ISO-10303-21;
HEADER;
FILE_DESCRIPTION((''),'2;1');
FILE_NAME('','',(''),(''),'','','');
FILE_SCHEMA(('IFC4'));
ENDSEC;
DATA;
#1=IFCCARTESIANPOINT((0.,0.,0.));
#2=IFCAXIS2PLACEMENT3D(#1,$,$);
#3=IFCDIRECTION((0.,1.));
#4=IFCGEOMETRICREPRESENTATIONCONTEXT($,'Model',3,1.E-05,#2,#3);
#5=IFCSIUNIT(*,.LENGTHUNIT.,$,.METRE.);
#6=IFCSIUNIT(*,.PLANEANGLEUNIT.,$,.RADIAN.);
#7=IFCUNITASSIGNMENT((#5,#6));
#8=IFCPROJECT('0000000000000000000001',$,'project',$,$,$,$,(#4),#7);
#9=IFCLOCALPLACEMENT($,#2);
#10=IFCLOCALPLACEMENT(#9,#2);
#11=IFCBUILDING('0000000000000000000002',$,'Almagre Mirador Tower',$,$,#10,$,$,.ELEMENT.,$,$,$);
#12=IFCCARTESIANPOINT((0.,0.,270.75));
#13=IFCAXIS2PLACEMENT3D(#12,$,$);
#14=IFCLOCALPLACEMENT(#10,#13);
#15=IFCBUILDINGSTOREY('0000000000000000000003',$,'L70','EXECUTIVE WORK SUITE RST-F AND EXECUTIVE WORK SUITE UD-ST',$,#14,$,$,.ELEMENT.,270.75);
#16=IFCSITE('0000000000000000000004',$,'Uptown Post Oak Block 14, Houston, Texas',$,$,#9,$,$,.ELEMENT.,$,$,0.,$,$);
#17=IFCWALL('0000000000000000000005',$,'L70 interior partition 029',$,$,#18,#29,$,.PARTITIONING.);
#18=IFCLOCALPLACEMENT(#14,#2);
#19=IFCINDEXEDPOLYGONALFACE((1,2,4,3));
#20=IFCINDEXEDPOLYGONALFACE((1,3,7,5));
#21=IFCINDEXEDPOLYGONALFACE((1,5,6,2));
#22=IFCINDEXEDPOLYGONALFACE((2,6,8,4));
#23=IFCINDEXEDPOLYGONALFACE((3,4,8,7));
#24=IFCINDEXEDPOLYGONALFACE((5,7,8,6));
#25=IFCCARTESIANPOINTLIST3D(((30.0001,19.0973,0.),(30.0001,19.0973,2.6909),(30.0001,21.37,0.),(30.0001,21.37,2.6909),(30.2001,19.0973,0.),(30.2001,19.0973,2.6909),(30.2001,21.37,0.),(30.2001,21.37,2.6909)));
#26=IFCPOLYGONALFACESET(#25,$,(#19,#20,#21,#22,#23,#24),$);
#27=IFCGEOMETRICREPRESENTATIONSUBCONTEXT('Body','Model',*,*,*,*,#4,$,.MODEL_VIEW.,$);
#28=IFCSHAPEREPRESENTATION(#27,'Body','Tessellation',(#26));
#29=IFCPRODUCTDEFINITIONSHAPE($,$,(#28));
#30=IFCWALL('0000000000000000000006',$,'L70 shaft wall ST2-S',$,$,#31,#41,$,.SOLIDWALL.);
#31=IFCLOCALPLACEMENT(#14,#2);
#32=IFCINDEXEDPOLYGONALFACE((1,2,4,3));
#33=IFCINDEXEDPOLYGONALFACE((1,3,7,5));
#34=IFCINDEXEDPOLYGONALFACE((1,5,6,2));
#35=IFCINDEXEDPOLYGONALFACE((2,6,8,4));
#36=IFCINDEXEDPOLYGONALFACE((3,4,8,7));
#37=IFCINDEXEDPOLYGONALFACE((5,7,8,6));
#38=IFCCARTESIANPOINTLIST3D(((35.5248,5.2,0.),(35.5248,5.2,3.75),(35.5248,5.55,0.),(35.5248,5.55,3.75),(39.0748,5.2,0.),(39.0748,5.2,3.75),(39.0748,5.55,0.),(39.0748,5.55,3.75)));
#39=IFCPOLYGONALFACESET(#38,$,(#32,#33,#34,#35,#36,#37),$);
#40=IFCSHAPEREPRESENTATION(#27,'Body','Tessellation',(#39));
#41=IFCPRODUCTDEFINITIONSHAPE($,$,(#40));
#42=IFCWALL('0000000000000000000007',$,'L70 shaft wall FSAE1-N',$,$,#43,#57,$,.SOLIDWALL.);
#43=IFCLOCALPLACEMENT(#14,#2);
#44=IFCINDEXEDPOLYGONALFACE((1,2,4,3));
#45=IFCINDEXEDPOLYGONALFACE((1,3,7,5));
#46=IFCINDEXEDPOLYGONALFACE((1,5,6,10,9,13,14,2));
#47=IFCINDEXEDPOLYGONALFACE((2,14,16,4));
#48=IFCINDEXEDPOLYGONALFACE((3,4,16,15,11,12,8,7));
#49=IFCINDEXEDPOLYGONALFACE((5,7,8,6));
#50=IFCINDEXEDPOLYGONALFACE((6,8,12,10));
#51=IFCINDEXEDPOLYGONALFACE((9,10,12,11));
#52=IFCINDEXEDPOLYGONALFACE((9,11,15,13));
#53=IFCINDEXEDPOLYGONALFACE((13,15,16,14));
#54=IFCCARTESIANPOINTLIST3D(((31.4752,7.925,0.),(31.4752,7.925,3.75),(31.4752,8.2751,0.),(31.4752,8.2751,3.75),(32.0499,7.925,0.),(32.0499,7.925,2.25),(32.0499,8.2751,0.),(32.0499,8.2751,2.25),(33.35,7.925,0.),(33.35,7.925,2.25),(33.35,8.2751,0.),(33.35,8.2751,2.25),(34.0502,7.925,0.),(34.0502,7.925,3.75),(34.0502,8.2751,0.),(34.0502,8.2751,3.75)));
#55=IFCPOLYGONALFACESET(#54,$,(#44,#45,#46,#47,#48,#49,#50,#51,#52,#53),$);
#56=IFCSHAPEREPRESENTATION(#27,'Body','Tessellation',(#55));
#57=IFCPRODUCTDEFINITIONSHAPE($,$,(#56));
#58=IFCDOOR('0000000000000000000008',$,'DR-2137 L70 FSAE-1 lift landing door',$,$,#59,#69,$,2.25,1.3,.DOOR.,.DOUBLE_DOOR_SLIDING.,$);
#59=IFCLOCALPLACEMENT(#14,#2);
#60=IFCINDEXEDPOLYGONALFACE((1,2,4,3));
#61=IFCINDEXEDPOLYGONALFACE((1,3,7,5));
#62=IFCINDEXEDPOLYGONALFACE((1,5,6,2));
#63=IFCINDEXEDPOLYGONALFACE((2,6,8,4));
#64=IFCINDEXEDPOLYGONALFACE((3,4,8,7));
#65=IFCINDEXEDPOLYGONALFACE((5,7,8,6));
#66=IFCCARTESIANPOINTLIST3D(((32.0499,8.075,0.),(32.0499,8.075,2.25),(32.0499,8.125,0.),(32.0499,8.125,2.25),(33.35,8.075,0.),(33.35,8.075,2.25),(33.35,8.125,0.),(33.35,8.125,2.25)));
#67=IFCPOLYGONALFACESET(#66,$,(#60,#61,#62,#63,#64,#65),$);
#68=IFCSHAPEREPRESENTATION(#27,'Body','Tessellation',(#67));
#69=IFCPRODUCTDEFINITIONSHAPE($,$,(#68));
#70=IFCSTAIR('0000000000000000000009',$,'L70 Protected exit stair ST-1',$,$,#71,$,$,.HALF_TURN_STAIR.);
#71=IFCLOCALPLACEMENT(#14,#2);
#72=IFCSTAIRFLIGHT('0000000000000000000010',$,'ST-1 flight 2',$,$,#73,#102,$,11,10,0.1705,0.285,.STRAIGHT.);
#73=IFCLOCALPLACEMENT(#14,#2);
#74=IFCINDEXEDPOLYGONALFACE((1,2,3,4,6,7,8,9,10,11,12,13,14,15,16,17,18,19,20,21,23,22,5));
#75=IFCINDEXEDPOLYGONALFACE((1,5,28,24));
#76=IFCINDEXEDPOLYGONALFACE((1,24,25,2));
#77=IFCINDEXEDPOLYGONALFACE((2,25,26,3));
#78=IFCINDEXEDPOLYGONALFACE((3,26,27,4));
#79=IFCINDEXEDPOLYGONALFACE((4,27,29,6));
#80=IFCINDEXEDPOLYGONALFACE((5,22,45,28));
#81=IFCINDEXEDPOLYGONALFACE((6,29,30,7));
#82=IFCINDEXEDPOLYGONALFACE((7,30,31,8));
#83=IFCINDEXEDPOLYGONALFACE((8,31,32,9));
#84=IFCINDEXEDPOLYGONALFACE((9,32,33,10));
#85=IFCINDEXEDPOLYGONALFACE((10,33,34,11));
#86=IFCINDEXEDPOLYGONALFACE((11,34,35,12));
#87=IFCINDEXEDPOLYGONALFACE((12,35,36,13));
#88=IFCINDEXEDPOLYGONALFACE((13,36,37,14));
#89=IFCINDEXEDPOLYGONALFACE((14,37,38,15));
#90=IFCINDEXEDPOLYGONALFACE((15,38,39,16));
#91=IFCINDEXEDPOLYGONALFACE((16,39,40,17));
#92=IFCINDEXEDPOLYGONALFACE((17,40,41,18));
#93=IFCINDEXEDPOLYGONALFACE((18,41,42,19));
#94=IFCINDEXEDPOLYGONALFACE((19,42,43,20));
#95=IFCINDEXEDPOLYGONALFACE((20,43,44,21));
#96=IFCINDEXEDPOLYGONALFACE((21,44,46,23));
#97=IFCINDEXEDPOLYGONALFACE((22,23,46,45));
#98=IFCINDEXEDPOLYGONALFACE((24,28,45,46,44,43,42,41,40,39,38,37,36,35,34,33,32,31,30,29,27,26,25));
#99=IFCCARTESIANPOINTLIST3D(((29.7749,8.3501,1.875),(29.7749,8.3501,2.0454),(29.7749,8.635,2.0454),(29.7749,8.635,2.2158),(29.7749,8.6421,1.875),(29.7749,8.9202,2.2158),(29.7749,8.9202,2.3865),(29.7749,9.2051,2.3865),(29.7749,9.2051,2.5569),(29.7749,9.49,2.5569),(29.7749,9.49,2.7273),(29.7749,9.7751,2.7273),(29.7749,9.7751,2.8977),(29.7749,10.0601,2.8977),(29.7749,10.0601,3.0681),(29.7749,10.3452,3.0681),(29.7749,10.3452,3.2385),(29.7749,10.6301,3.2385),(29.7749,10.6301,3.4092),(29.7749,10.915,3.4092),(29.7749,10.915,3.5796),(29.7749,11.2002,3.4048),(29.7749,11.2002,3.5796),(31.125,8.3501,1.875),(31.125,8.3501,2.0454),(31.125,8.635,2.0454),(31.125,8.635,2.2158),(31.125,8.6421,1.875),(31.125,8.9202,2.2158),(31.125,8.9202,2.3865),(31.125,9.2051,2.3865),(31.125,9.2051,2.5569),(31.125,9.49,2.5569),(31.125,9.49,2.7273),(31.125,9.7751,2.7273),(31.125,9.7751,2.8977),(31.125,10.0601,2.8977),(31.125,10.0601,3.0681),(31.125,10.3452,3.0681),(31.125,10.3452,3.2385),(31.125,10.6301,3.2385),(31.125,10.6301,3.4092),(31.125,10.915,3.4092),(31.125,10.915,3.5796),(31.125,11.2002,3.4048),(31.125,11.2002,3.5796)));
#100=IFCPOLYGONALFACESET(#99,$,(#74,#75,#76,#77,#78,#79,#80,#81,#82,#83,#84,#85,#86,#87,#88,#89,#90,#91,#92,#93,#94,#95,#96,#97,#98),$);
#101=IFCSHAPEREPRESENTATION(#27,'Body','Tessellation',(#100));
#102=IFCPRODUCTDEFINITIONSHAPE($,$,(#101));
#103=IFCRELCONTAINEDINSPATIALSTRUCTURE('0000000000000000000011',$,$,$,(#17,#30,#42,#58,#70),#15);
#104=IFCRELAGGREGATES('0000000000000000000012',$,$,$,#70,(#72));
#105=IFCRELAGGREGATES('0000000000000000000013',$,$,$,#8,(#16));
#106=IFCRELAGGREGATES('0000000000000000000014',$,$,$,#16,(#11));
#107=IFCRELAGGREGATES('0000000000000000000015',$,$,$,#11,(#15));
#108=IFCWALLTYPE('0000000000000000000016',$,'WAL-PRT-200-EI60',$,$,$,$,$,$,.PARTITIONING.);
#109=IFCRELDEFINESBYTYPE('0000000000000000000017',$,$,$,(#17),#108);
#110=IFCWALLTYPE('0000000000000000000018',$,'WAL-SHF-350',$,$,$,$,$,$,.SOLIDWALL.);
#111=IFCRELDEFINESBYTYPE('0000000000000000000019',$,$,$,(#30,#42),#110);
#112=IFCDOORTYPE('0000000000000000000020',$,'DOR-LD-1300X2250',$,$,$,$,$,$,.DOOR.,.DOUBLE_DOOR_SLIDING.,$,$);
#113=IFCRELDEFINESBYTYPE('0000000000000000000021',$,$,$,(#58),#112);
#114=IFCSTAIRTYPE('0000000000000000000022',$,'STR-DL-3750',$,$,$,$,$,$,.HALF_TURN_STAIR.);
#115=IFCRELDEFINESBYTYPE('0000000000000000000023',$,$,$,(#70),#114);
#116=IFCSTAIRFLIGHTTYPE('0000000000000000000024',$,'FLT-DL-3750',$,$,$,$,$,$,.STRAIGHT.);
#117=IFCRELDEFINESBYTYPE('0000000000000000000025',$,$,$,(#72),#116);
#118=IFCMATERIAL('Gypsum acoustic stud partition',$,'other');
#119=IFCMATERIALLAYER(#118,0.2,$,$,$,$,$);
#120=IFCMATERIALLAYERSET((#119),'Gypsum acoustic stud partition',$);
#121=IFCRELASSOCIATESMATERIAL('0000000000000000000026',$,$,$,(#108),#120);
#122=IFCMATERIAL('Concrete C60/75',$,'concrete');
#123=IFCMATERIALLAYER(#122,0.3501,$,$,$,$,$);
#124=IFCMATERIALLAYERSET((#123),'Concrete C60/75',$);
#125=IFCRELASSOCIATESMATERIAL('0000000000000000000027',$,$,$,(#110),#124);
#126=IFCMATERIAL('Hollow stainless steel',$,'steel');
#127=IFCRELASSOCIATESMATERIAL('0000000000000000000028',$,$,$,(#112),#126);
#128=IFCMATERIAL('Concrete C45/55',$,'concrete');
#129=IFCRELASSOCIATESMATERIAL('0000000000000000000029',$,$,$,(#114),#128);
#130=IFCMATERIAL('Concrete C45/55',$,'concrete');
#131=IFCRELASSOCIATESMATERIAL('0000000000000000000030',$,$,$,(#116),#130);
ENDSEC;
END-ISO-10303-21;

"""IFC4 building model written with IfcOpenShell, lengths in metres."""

from ifc_helpers import new_model, si_unit, direction, frame, frame_2d, origin, place, context, subcontext, project, spatial, polyline, rectangle, outline, extrude, material, layer, layer_set, type_object, element, fill, aggregate, save


model = new_model("IFC4")

# Units and contexts
model_context = context("Model", 3, precision=1e-05, world=origin(), true_north=direction((0.0, 1.0)))
body_context = subcontext(model_context, "Body", "Model", "MODEL_VIEW")
ifc_project = project(units=[si_unit("LENGTHUNIT", "METRE"), si_unit("PLANEANGLEUNIT", "RADIAN")], contexts=[model_context])

# Site, building, storey
site_placement = place(None, origin())
site = spatial("IfcSite", under=ifc_project, at=site_placement, Name="Uptown Post Oak Block 14, Houston, Texas", CompositionType="ELEMENT", RefElevation=0.0)
building_placement = place(site_placement, origin())
building = spatial("IfcBuilding", under=site, at=building_placement, Name="Almagre Mirador Tower", CompositionType="ELEMENT")
storey_placement = place(building_placement, frame((0.0, 0.0, 270.75)))
storey = spatial("IfcBuildingStorey", under=building, at=storey_placement, Name="L70", Description="EXECUTIVE WORK SUITE RST-F AND EXECUTIVE WORK SUITE UD-ST", CompositionType="ELEMENT", Elevation=270.75)

# Shared definitions
ifc_material_1 = material(Name="Gypsum acoustic stud partition", Category="other")
ifc_layer_1 = layer(ifc_material_1, 0.2)
ifc_layer_set_1 = layer_set([ifc_layer_1], Name="Gypsum acoustic stud partition")
wall_type_1 = type_object("IfcWallType", Name="WAL-PRT-200-EI60", PredefinedType="PARTITIONING", material=ifc_layer_set_1)

# Walls
wall_1_placement = place(storey_placement, frame((30.1001, 19.0974, 0.0), z_axis=(0.0, 0.0, 1.0), x_axis=(0.0, 1.0, 0.0)))
element("IfcWall", 1, at=wall_1_placement, inside=storey, type_object=wall_type_1, Name="L70 interior partition 029", PredefinedType="PARTITIONING", context=body_context, shape_type="SweptSolid", body=[
    extrude(rectangle(XDim=2.2727, YDim=0.2, at=frame_2d((1.1362, 0.0))), origin(), (0.0, 0.0, 1.0), 2.6909),
])
ifc_material_2 = material(Name="Concrete C60/75", Category="concrete")
ifc_layer_2 = layer(ifc_material_2, 0.3501)
ifc_layer_set_2 = layer_set([ifc_layer_2], Name="Concrete C60/75")
wall_type_2 = type_object("IfcWallType", Name="WAL-SHF-350", PredefinedType="SOLIDWALL", material=ifc_layer_set_2)
wall_2_placement = place(storey_placement, frame((35.5249, 5.375, 0.0), z_axis=(0.0, 0.0, 1.0), x_axis=(1.0, 0.0, 0.0)))
element("IfcWall", 2, at=wall_2_placement, inside=storey, type_object=wall_type_2, Name="L70 shaft wall ST2-S", PredefinedType="SOLIDWALL", context=body_context, shape_type="SweptSolid", body=[
    extrude(rectangle(XDim=3.55, YDim=0.3501, at=frame_2d((1.7749, 0.0))), origin(), (0.0, 0.0, 1.0), 3.75),
])

# Wall, opening, door
wall_3_placement = place(storey_placement, frame((31.4751, 8.1001, 0.0), z_axis=(0.0, 0.0, 1.0), x_axis=(1.0, 0.0, 0.0)))
wall_3 = element("IfcWall", 3, at=wall_3_placement, inside=storey, type_object=wall_type_2, Name="L70 shaft wall FSAE1-N", PredefinedType="SOLIDWALL", context=body_context, shape_type="SweptSolid", body=[
    extrude(rectangle(XDim=2.575, YDim=0.3501, at=frame_2d((1.2876, 0.0))), origin(), (0.0, 0.0, 1.0), 3.75),
])
opening_1_placement = place(wall_3_placement, frame((0.575, 0.0, 0.0)))
opening_1 = element("IfcOpeningElement", 4, at=opening_1_placement, cuts=wall_3, PredefinedType="OPENING", context=body_context, shape_type="SweptSolid", body=[
    extrude(rectangle(XDim=1.3, YDim=2.25, at=frame_2d((0.6499, 1.125))), frame((0.0, 0.185, 0.0), z_axis=(0.0, -1.0, 0.0), x_axis=(1.0, 0.0, 0.0)), (0.0, 0.0, 1.0), 0.3701),
])
ifc_material_3 = material(Name="Hollow stainless steel", Category="steel")
door_type_1 = type_object("IfcDoorType", Name="DOR-LD-1300X2250", OperationType="DOUBLE_DOOR_SLIDING", PredefinedType="DOOR", material=ifc_material_3)
door_1_placement = place(opening_1_placement, origin())
door_1 = element("IfcDoor", 5, at=door_1_placement, inside=storey, type_object=door_type_1, Name="DR-2137 L70 FSAE-1 lift landing door", OperationType="DOUBLE_DOOR_SLIDING", OverallHeight=2.25, OverallWidth=1.3, PredefinedType="DOOR", context=body_context, shape_type="SweptSolid", body=[
    extrude(rectangle(XDim=1.3, YDim=2.25, at=frame_2d((0.6499, 1.125))), frame((0.0, 0.0249, 0.0), z_axis=(0.0, -1.0, 0.0), x_axis=(1.0, 0.0, 0.0)), (0.0, 0.0, 1.0), 0.05),
])
fill(opening_1, door_1)

# Stair, stair flight
ifc_material_4 = material(Name="Concrete C45/55", Category="concrete")
stair_type = type_object("IfcStairType", Name="STR-DL-3750", PredefinedType="HALF_TURN_STAIR", material=ifc_material_4)
stair_placement = place(storey_placement, origin())
stair = element("IfcStair", 6, at=stair_placement, inside=storey, type_object=stair_type, Name="L70 Protected exit stair ST-1", PredefinedType="HALF_TURN_STAIR")
ifc_material_5 = material(Name="Concrete C45/55", Category="concrete")
stair_flight_type = type_object("IfcStairFlightType", Name="FLT-DL-3750", PredefinedType="STRAIGHT", material=ifc_material_5)
stair_flight_placement = place(storey_placement, frame((30.45, 8.3501, 1.875), z_axis=(0.0, 0.0, 1.0), x_axis=(0.0, 1.0, 0.0)))
stair_flight = element("IfcStairFlight", 7, at=stair_flight_placement, type_object=stair_flight_type, Name="ST-1 flight 2", NumberOfRisers=11, NumberOfTreads=10, PredefinedType="STRAIGHT", RiserHeight=0.1705, TreadLength=0.285, context=body_context, shape_type="SweptSolid", body=[
    extrude(outline(polyline([(0.0, 0.0), (0.0, 0.1704), (0.2849, 0.1704), (0.2849, 0.3408), (0.5701, 0.3408), (0.5701, 0.5115), (0.855, 0.5115), (0.855, 0.6819), (1.1399, 0.6819), (1.1399, 0.8523), (1.425, 0.8523), (1.425, 1.0227), (1.71, 1.0227), (1.71, 1.1931), (1.9951, 1.1931), (1.9951, 1.3635), (2.28, 1.3635), (2.28, 1.5342), (2.5649, 1.5342), (2.5649, 1.7046), (2.8501, 1.7046), (2.8501, 1.875), (2.8501, 1.5298), (0.292, 0.0), (0.0, 0.0)])), frame((0.0, 0.675, 0.0), z_axis=(0.0, -1.0, 0.0), x_axis=(1.0, 0.0, 0.0)), (0.0, 0.0, 1.0), 1.3501),
])
aggregate(stair, [stair_flight])

save(model, "model.ifc")
